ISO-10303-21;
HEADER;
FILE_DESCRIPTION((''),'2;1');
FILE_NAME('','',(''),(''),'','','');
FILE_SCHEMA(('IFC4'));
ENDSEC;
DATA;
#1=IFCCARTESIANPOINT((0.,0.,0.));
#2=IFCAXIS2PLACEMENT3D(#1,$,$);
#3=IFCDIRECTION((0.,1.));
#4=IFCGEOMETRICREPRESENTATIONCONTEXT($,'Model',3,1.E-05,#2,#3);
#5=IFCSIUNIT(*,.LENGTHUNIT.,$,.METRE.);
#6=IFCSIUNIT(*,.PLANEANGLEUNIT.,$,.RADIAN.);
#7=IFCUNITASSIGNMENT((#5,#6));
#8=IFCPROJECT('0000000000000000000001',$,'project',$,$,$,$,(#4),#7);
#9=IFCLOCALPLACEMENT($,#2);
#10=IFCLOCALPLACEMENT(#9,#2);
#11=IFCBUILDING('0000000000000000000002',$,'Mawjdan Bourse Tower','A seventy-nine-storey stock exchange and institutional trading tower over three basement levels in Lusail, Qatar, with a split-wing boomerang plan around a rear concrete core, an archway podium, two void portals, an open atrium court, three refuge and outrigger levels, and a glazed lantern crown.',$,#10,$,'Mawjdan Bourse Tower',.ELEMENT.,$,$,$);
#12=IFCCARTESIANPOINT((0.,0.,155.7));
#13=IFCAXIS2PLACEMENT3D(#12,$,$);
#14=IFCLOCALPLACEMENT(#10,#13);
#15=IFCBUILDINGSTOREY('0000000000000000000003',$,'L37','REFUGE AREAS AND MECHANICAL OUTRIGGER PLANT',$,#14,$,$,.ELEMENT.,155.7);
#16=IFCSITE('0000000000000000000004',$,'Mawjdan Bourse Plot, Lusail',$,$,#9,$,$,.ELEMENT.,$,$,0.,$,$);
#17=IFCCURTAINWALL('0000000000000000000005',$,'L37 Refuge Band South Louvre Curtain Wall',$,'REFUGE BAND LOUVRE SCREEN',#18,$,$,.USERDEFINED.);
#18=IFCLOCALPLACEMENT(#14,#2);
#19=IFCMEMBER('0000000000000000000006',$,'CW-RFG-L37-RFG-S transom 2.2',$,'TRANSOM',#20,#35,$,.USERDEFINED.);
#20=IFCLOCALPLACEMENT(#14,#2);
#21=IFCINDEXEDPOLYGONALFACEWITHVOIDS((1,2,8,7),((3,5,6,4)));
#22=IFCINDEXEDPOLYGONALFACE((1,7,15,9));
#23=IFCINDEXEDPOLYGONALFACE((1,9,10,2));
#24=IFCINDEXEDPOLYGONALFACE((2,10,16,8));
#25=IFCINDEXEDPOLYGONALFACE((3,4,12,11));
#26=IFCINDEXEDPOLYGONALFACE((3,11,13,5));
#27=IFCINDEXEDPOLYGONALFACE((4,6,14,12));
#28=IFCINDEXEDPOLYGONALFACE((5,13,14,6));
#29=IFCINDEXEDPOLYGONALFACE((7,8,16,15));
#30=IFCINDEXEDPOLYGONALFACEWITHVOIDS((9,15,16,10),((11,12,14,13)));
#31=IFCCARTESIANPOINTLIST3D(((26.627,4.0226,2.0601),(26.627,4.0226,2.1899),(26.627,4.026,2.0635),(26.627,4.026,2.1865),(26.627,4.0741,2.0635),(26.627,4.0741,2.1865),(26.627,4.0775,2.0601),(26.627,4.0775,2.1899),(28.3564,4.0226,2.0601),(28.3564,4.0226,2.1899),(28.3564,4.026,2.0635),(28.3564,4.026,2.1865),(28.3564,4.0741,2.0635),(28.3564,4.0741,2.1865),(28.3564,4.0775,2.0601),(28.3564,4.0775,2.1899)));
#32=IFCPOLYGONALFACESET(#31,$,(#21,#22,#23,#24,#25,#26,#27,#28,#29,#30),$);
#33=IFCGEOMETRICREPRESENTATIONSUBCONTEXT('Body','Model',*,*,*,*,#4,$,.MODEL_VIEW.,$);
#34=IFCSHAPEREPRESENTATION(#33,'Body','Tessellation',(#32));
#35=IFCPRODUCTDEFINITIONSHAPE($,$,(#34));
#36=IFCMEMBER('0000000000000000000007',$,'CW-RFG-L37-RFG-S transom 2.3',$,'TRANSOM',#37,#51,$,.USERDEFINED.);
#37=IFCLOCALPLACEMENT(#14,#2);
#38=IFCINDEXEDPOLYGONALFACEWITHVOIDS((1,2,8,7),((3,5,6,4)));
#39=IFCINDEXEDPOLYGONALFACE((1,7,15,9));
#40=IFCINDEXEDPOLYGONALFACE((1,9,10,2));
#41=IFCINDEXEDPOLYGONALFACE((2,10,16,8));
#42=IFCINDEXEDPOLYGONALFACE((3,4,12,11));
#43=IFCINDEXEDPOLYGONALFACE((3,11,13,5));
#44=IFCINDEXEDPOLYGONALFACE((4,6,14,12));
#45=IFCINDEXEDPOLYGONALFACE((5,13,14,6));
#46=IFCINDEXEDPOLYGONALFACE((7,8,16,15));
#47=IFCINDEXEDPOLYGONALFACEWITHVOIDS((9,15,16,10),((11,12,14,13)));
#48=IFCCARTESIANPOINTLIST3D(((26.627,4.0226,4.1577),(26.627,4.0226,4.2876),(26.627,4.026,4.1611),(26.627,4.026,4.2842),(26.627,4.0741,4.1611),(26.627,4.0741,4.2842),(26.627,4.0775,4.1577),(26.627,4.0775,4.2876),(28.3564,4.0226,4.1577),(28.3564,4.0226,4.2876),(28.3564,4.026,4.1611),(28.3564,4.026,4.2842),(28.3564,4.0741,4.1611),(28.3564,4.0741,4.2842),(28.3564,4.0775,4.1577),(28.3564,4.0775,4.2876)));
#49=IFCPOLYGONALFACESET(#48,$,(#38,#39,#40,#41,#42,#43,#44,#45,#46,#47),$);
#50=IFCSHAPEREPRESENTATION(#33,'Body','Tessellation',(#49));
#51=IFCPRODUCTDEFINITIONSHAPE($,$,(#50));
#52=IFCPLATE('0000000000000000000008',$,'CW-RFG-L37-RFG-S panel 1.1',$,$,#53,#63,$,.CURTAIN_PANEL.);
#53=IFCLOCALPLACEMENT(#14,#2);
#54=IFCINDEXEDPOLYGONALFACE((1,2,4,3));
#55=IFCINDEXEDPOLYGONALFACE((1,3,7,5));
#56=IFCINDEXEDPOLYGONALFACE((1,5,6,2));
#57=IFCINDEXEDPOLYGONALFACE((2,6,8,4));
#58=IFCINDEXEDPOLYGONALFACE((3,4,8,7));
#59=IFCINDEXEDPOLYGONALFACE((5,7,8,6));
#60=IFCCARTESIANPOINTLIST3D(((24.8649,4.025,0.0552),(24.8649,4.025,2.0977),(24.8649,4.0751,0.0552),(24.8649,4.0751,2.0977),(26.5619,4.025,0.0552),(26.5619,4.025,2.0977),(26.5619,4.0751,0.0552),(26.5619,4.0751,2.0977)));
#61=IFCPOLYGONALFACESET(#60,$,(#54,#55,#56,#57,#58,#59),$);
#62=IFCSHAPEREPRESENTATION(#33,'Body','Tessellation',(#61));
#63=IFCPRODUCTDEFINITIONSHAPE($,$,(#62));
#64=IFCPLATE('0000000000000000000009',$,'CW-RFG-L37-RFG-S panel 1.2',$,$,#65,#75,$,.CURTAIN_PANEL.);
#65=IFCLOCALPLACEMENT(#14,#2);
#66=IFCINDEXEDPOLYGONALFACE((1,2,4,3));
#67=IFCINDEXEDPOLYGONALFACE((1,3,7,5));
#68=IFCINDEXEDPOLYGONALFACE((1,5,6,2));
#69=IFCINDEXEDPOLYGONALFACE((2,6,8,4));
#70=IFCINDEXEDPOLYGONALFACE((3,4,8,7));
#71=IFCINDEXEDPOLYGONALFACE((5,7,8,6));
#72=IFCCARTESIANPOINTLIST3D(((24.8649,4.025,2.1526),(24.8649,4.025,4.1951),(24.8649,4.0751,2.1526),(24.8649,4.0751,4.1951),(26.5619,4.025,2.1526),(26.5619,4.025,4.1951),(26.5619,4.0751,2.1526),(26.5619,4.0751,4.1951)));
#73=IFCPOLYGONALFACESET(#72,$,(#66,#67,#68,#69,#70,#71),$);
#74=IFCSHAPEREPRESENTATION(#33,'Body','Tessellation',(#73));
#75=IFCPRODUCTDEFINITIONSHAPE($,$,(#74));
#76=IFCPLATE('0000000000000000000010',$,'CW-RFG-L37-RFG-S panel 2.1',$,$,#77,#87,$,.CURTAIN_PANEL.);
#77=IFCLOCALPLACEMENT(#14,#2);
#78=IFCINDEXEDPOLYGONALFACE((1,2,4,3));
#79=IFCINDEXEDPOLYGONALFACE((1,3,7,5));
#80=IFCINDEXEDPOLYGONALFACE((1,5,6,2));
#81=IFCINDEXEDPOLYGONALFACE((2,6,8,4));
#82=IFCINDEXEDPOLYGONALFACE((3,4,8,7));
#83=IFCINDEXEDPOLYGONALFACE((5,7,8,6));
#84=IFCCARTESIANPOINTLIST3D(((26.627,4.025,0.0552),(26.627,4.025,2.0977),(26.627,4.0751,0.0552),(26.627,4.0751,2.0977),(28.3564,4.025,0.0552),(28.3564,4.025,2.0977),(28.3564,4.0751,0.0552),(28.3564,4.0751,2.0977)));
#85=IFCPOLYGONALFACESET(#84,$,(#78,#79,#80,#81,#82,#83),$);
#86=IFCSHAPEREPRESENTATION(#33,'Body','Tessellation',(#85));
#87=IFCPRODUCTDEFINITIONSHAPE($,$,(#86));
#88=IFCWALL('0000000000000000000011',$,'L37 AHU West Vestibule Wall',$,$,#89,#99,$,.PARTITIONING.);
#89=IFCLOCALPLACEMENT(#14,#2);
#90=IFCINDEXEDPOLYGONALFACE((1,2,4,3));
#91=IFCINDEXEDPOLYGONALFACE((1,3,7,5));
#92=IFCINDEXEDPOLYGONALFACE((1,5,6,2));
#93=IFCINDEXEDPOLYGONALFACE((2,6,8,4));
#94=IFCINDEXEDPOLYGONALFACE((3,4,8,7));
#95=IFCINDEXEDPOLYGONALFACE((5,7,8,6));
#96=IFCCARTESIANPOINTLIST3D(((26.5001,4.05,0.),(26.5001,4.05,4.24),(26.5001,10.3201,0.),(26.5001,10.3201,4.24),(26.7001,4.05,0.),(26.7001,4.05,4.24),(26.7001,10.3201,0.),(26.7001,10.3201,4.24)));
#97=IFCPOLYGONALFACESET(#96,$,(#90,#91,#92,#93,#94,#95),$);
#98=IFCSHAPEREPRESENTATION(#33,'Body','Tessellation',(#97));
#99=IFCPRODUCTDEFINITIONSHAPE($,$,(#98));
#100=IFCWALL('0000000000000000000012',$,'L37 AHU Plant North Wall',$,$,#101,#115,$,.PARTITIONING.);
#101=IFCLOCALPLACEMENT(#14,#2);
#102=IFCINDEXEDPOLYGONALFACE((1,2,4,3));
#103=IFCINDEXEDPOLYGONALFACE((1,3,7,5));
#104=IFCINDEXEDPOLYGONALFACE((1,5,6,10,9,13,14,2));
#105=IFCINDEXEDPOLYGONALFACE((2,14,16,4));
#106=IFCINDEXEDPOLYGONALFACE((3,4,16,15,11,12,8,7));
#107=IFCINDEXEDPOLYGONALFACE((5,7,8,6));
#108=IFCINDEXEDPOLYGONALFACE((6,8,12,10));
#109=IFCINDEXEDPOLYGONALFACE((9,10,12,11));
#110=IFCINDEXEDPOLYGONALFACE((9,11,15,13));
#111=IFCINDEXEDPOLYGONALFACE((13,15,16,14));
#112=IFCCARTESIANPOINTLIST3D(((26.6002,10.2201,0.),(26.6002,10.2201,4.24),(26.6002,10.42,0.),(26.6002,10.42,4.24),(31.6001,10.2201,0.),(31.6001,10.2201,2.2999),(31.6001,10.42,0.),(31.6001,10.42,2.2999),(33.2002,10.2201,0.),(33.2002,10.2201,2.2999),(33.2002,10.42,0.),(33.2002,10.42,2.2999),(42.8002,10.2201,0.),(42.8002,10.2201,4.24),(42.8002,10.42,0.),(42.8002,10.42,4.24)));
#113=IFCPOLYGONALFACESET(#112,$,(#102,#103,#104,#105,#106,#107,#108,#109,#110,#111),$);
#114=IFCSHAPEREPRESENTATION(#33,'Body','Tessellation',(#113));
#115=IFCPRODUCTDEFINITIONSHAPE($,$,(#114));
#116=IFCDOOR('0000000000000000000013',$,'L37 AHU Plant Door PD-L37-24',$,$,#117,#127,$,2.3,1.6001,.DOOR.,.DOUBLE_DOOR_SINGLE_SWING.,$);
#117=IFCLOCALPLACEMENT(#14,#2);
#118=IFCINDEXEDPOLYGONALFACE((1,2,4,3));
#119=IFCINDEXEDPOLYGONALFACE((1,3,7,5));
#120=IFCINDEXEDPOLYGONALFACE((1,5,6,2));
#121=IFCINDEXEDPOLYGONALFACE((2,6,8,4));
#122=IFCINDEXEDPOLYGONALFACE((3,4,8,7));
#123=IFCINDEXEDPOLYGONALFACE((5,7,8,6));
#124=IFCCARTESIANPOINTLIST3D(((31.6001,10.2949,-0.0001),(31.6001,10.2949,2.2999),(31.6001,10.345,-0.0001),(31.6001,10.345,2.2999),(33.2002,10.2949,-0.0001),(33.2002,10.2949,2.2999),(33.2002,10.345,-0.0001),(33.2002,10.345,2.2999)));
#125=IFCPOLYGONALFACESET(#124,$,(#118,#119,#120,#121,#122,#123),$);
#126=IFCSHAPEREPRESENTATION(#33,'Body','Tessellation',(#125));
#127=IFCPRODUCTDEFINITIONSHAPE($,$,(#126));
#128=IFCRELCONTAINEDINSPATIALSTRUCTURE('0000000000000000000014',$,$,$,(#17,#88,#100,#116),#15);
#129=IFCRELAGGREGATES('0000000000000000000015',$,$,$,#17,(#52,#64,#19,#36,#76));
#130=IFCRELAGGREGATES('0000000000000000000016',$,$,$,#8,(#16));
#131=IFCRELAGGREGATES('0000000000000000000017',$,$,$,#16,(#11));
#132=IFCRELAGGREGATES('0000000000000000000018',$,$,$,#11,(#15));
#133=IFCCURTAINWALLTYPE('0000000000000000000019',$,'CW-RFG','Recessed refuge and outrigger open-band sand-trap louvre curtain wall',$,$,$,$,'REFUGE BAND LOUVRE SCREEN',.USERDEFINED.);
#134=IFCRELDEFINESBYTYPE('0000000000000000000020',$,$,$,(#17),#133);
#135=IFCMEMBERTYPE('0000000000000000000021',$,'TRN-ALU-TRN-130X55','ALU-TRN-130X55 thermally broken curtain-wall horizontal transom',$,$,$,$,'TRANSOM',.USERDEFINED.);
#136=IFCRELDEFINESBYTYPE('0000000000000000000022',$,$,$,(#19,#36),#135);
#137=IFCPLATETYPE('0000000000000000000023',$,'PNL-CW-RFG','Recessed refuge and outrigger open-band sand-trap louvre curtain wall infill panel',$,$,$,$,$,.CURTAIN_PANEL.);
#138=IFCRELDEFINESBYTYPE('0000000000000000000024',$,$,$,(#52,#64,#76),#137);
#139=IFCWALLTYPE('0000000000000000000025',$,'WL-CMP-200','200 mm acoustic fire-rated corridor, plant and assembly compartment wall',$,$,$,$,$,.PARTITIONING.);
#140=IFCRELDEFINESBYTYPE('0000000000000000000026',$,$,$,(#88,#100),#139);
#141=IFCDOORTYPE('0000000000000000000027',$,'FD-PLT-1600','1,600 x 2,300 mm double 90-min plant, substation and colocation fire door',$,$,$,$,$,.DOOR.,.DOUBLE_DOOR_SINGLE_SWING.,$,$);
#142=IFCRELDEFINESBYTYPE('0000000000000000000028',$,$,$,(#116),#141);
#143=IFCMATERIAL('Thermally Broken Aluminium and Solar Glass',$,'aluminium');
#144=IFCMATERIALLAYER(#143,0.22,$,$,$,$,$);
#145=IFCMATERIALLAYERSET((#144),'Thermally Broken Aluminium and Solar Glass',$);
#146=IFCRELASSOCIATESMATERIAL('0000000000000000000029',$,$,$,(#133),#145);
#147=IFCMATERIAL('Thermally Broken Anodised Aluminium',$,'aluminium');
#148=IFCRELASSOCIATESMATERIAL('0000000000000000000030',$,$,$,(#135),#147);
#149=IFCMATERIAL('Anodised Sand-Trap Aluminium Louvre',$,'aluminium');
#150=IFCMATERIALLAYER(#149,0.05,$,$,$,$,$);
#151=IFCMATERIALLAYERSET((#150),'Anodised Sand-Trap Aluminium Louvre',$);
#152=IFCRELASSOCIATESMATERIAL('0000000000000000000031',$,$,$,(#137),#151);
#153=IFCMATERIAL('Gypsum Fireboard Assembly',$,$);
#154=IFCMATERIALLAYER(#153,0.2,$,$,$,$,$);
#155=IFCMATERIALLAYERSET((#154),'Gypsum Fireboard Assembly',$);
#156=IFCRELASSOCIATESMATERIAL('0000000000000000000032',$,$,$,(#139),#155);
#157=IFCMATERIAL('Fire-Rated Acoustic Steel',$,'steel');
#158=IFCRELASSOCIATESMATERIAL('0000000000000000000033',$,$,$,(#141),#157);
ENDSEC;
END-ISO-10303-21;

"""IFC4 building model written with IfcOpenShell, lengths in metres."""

from ifc_helpers import new_model, si_unit, direction, frame, frame_2d, origin, origin_2d, place, context, subcontext, project, spatial, rectangle, hollow_rectangle, extrude, material, layer, layer_set, material_profile, profile_set, type_object, element, fill, aggregate, save


model = new_model("IFC4")

# Units and contexts
model_context = context("Model", 3, precision=1e-05, world=origin(), true_north=direction((0.0, 1.0)))
body_context = subcontext(model_context, "Body", "Model", "MODEL_VIEW")
ifc_project = project(units=[si_unit("LENGTHUNIT", "METRE"), si_unit("PLANEANGLEUNIT", "RADIAN")], contexts=[model_context])

# Site, building, storey
site_placement = place(None, origin())
site = spatial("IfcSite", under=ifc_project, at=site_placement, Name="Mawjdan Bourse Plot, Lusail", CompositionType="ELEMENT", RefElevation=0.0)
building_placement = place(site_placement, origin())
building = spatial("IfcBuilding", under=site, at=building_placement, Name="Mawjdan Bourse Tower", Description="A seventy-nine-storey stock exchange and institutional trading tower over three basement levels in Lusail, Qatar, with a split-wing boomerang plan around a rear concrete core, an archway podium, two void portals, an open atrium court, three refuge and outrigger levels, and a glazed lantern crown.", LongName="Mawjdan Bourse Tower", CompositionType="ELEMENT")
storey_placement = place(building_placement, frame((0.0, 0.0, 155.7)))
storey = spatial("IfcBuildingStorey", under=building, at=storey_placement, Name="L37", Description="REFUGE AREAS AND MECHANICAL OUTRIGGER PLANT", CompositionType="ELEMENT", Elevation=155.7)

# Curtain wall
ifc_material_1 = material(Name="Thermally Broken Aluminium and Solar Glass", Category="aluminium")
ifc_layer_1 = layer(ifc_material_1, 0.22)
ifc_layer_set_1 = layer_set([ifc_layer_1], Name="Thermally Broken Aluminium and Solar Glass")
curtain_wall_type = type_object("IfcCurtainWallType", Name="CW-RFG", Description="Recessed refuge and outrigger open-band sand-trap louvre curtain wall", ElementType="REFUGE BAND LOUVRE SCREEN", PredefinedType="USERDEFINED", material=ifc_layer_set_1)
curtain_wall_placement = place(storey_placement, origin())
curtain_wall = element("IfcCurtainWall", 1, at=curtain_wall_placement, inside=storey, type_object=curtain_wall_type, Name="L37 Refuge Band South Louvre Curtain Wall", ObjectType="REFUGE BAND LOUVRE SCREEN", PredefinedType="USERDEFINED")
ifc_material_2 = material(Name="Thermally Broken Anodised Aluminium", Category="aluminium")

# Members
ifc_material_profile_1 = material_profile(ifc_material_2, hollow_rectangle(XDim=0.0549, YDim=0.1299, WallThickness=0.0034, at=origin_2d()), Name="ALU-TRN-130X55")
ifc_profile_set_1 = profile_set([ifc_material_profile_1], Name="Thermally Broken Anodised Aluminium")
member_type_1 = type_object("IfcMemberType", Name="TRN-ALU-TRN-130X55", Description="ALU-TRN-130X55 thermally broken curtain-wall horizontal transom", ElementType="TRANSOM", PredefinedType="USERDEFINED", material=ifc_profile_set_1)
member_1_placement = place(storey_placement, frame((26.627, 4.05, 2.125), z_axis=(1.0, 0.0, 0.0), x_axis=(0.0, 1.0, 0.0)))
member_1 = element("IfcMember", 2, at=member_1_placement, type_object=member_type_1, Name="CW-RFG-L37-RFG-S transom 2.2", ObjectType="TRANSOM", PredefinedType="USERDEFINED", context=body_context, shape_type="SweptSolid", body=[
    extrude(hollow_rectangle(XDim=0.0549, YDim=0.1299, WallThickness=0.0034, at=origin_2d()), origin(), (0.0, 0.0, 1.0), 1.7295),
])
member_2_placement = place(storey_placement, frame((26.627, 4.05, 4.2227), z_axis=(1.0, 0.0, 0.0), x_axis=(0.0, 1.0, 0.0)))
member_2 = element("IfcMember", 3, at=member_2_placement, type_object=member_type_1, Name="CW-RFG-L37-RFG-S transom 2.3", ObjectType="TRANSOM", PredefinedType="USERDEFINED", context=body_context, shape_type="SweptSolid", body=[
    extrude(hollow_rectangle(XDim=0.0549, YDim=0.1299, WallThickness=0.0034, at=origin_2d()), origin(), (0.0, 0.0, 1.0), 1.7295),
])

# Plates
ifc_material_3 = material(Name="Anodised Sand-Trap Aluminium Louvre", Category="aluminium")
ifc_layer_2 = layer(ifc_material_3, 0.05)
ifc_layer_set_2 = layer_set([ifc_layer_2], Name="Anodised Sand-Trap Aluminium Louvre")
plate_type = type_object("IfcPlateType", Name="PNL-CW-RFG", Description="Recessed refuge and outrigger open-band sand-trap louvre curtain wall infill panel", PredefinedType="CURTAIN_PANEL", material=ifc_layer_set_2)
plate_1_placement = place(storey_placement, frame((25.7134, 4.05, 0.0552), z_axis=(0.0, 0.0, 1.0), x_axis=(1.0, 0.0, 0.0)))
plate_1 = element("IfcPlate", 4, at=plate_1_placement, type_object=plate_type, Name="CW-RFG-L37-RFG-S panel 1.1", PredefinedType="CURTAIN_PANEL", context=body_context, shape_type="SweptSolid", body=[
    extrude(rectangle(XDim=1.697, YDim=0.05, at=origin_2d()), origin(), (0.0, 0.0, 1.0), 2.0425),
])
plate_2_placement = place(storey_placement, frame((25.7134, 4.05, 2.1526), z_axis=(0.0, 0.0, 1.0), x_axis=(1.0, 0.0, 0.0)))
plate_2 = element("IfcPlate", 5, at=plate_2_placement, type_object=plate_type, Name="CW-RFG-L37-RFG-S panel 1.2", PredefinedType="CURTAIN_PANEL", context=body_context, shape_type="SweptSolid", body=[
    extrude(rectangle(XDim=1.697, YDim=0.05, at=origin_2d()), origin(), (0.0, 0.0, 1.0), 2.0425),
])
plate_3_placement = place(storey_placement, frame((27.4917, 4.05, 0.0552), z_axis=(0.0, 0.0, 1.0), x_axis=(1.0, 0.0, 0.0)))
plate_3 = element("IfcPlate", 6, at=plate_3_placement, type_object=plate_type, Name="CW-RFG-L37-RFG-S panel 2.1", PredefinedType="CURTAIN_PANEL", context=body_context, shape_type="SweptSolid", body=[
    extrude(rectangle(XDim=1.7295, YDim=0.05, at=origin_2d()), origin(), (0.0, 0.0, 1.0), 2.0425),
])
aggregate(curtain_wall, [plate_1, plate_2, member_1, member_2, plate_3])

# Wall
ifc_material_4 = material(Name="Gypsum Fireboard Assembly")
ifc_layer_3 = layer(ifc_material_4, 0.2)
ifc_layer_set_3 = layer_set([ifc_layer_3], Name="Gypsum Fireboard Assembly")
wall_type = type_object("IfcWallType", Name="WL-CMP-200", Description="200 mm acoustic fire-rated corridor, plant and assembly compartment wall", PredefinedType="PARTITIONING", material=ifc_layer_set_3)
wall_1_placement = place(storey_placement, frame((26.6001, 4.05, 0.0), z_axis=(0.0, 0.0, 1.0), x_axis=(0.0, 1.0, 0.0)))
element("IfcWall", 7, at=wall_1_placement, inside=storey, type_object=wall_type, Name="L37 AHU West Vestibule Wall", PredefinedType="PARTITIONING", context=body_context, shape_type="SweptSolid", body=[
    extrude(rectangle(XDim=6.27, YDim=0.2, at=frame_2d((3.135, 0.0))), origin(), (0.0, 0.0, 1.0), 4.24),
])

# Wall, opening, door
wall_2_placement = place(storey_placement, frame((26.6001, 10.3201, 0.0), z_axis=(0.0, 0.0, 1.0), x_axis=(1.0, 0.0, 0.0)))
wall_2 = element("IfcWall", 8, at=wall_2_placement, inside=storey, type_object=wall_type, Name="L37 AHU Plant North Wall", PredefinedType="PARTITIONING", context=body_context, shape_type="SweptSolid", body=[
    extrude(rectangle(XDim=16.2, YDim=0.2, at=frame_2d((8.1001, 0.0))), origin(), (0.0, 0.0, 1.0), 4.24),
])
opening_placement = place(wall_2_placement, frame((5.0, 0.0, 0.0)))
opening = element("IfcOpeningElement", 9, at=opening_placement, cuts=wall_2, PredefinedType="OPENING", context=body_context, shape_type="SweptSolid", body=[
    extrude(rectangle(XDim=1.6001, YDim=2.3, at=frame_2d((0.8, 1.1499))), frame((0.0, 0.1099, 0.0), z_axis=(0.0, -1.0, 0.0), x_axis=(1.0, 0.0, 0.0)), (0.0, 0.0, 1.0), 0.22),
])
ifc_material_5 = material(Name="Fire-Rated Acoustic Steel", Category="steel")
door_type = type_object("IfcDoorType", Name="FD-PLT-1600", Description="1,600 x 2,300 mm double 90-min plant, substation and colocation fire door", OperationType="DOUBLE_DOOR_SINGLE_SWING", PredefinedType="DOOR", material=ifc_material_5)
door_placement = place(opening_placement, origin())
door = element("IfcDoor", 10, at=door_placement, inside=storey, type_object=door_type, Name="L37 AHU Plant Door PD-L37-24", OperationType="DOUBLE_DOOR_SINGLE_SWING", OverallHeight=2.3, OverallWidth=1.6001, PredefinedType="DOOR", context=body_context, shape_type="SweptSolid", body=[
    extrude(rectangle(XDim=1.6001, YDim=2.3, at=frame_2d((0.8, 1.1499))), frame((0.0, 0.0249, 0.0), z_axis=(0.0, -1.0, 0.0), x_axis=(1.0, 0.0, 0.0)), (0.0, 0.0, 1.0), 0.05),
])
fill(opening, door)

save(model, "model.ifc")
